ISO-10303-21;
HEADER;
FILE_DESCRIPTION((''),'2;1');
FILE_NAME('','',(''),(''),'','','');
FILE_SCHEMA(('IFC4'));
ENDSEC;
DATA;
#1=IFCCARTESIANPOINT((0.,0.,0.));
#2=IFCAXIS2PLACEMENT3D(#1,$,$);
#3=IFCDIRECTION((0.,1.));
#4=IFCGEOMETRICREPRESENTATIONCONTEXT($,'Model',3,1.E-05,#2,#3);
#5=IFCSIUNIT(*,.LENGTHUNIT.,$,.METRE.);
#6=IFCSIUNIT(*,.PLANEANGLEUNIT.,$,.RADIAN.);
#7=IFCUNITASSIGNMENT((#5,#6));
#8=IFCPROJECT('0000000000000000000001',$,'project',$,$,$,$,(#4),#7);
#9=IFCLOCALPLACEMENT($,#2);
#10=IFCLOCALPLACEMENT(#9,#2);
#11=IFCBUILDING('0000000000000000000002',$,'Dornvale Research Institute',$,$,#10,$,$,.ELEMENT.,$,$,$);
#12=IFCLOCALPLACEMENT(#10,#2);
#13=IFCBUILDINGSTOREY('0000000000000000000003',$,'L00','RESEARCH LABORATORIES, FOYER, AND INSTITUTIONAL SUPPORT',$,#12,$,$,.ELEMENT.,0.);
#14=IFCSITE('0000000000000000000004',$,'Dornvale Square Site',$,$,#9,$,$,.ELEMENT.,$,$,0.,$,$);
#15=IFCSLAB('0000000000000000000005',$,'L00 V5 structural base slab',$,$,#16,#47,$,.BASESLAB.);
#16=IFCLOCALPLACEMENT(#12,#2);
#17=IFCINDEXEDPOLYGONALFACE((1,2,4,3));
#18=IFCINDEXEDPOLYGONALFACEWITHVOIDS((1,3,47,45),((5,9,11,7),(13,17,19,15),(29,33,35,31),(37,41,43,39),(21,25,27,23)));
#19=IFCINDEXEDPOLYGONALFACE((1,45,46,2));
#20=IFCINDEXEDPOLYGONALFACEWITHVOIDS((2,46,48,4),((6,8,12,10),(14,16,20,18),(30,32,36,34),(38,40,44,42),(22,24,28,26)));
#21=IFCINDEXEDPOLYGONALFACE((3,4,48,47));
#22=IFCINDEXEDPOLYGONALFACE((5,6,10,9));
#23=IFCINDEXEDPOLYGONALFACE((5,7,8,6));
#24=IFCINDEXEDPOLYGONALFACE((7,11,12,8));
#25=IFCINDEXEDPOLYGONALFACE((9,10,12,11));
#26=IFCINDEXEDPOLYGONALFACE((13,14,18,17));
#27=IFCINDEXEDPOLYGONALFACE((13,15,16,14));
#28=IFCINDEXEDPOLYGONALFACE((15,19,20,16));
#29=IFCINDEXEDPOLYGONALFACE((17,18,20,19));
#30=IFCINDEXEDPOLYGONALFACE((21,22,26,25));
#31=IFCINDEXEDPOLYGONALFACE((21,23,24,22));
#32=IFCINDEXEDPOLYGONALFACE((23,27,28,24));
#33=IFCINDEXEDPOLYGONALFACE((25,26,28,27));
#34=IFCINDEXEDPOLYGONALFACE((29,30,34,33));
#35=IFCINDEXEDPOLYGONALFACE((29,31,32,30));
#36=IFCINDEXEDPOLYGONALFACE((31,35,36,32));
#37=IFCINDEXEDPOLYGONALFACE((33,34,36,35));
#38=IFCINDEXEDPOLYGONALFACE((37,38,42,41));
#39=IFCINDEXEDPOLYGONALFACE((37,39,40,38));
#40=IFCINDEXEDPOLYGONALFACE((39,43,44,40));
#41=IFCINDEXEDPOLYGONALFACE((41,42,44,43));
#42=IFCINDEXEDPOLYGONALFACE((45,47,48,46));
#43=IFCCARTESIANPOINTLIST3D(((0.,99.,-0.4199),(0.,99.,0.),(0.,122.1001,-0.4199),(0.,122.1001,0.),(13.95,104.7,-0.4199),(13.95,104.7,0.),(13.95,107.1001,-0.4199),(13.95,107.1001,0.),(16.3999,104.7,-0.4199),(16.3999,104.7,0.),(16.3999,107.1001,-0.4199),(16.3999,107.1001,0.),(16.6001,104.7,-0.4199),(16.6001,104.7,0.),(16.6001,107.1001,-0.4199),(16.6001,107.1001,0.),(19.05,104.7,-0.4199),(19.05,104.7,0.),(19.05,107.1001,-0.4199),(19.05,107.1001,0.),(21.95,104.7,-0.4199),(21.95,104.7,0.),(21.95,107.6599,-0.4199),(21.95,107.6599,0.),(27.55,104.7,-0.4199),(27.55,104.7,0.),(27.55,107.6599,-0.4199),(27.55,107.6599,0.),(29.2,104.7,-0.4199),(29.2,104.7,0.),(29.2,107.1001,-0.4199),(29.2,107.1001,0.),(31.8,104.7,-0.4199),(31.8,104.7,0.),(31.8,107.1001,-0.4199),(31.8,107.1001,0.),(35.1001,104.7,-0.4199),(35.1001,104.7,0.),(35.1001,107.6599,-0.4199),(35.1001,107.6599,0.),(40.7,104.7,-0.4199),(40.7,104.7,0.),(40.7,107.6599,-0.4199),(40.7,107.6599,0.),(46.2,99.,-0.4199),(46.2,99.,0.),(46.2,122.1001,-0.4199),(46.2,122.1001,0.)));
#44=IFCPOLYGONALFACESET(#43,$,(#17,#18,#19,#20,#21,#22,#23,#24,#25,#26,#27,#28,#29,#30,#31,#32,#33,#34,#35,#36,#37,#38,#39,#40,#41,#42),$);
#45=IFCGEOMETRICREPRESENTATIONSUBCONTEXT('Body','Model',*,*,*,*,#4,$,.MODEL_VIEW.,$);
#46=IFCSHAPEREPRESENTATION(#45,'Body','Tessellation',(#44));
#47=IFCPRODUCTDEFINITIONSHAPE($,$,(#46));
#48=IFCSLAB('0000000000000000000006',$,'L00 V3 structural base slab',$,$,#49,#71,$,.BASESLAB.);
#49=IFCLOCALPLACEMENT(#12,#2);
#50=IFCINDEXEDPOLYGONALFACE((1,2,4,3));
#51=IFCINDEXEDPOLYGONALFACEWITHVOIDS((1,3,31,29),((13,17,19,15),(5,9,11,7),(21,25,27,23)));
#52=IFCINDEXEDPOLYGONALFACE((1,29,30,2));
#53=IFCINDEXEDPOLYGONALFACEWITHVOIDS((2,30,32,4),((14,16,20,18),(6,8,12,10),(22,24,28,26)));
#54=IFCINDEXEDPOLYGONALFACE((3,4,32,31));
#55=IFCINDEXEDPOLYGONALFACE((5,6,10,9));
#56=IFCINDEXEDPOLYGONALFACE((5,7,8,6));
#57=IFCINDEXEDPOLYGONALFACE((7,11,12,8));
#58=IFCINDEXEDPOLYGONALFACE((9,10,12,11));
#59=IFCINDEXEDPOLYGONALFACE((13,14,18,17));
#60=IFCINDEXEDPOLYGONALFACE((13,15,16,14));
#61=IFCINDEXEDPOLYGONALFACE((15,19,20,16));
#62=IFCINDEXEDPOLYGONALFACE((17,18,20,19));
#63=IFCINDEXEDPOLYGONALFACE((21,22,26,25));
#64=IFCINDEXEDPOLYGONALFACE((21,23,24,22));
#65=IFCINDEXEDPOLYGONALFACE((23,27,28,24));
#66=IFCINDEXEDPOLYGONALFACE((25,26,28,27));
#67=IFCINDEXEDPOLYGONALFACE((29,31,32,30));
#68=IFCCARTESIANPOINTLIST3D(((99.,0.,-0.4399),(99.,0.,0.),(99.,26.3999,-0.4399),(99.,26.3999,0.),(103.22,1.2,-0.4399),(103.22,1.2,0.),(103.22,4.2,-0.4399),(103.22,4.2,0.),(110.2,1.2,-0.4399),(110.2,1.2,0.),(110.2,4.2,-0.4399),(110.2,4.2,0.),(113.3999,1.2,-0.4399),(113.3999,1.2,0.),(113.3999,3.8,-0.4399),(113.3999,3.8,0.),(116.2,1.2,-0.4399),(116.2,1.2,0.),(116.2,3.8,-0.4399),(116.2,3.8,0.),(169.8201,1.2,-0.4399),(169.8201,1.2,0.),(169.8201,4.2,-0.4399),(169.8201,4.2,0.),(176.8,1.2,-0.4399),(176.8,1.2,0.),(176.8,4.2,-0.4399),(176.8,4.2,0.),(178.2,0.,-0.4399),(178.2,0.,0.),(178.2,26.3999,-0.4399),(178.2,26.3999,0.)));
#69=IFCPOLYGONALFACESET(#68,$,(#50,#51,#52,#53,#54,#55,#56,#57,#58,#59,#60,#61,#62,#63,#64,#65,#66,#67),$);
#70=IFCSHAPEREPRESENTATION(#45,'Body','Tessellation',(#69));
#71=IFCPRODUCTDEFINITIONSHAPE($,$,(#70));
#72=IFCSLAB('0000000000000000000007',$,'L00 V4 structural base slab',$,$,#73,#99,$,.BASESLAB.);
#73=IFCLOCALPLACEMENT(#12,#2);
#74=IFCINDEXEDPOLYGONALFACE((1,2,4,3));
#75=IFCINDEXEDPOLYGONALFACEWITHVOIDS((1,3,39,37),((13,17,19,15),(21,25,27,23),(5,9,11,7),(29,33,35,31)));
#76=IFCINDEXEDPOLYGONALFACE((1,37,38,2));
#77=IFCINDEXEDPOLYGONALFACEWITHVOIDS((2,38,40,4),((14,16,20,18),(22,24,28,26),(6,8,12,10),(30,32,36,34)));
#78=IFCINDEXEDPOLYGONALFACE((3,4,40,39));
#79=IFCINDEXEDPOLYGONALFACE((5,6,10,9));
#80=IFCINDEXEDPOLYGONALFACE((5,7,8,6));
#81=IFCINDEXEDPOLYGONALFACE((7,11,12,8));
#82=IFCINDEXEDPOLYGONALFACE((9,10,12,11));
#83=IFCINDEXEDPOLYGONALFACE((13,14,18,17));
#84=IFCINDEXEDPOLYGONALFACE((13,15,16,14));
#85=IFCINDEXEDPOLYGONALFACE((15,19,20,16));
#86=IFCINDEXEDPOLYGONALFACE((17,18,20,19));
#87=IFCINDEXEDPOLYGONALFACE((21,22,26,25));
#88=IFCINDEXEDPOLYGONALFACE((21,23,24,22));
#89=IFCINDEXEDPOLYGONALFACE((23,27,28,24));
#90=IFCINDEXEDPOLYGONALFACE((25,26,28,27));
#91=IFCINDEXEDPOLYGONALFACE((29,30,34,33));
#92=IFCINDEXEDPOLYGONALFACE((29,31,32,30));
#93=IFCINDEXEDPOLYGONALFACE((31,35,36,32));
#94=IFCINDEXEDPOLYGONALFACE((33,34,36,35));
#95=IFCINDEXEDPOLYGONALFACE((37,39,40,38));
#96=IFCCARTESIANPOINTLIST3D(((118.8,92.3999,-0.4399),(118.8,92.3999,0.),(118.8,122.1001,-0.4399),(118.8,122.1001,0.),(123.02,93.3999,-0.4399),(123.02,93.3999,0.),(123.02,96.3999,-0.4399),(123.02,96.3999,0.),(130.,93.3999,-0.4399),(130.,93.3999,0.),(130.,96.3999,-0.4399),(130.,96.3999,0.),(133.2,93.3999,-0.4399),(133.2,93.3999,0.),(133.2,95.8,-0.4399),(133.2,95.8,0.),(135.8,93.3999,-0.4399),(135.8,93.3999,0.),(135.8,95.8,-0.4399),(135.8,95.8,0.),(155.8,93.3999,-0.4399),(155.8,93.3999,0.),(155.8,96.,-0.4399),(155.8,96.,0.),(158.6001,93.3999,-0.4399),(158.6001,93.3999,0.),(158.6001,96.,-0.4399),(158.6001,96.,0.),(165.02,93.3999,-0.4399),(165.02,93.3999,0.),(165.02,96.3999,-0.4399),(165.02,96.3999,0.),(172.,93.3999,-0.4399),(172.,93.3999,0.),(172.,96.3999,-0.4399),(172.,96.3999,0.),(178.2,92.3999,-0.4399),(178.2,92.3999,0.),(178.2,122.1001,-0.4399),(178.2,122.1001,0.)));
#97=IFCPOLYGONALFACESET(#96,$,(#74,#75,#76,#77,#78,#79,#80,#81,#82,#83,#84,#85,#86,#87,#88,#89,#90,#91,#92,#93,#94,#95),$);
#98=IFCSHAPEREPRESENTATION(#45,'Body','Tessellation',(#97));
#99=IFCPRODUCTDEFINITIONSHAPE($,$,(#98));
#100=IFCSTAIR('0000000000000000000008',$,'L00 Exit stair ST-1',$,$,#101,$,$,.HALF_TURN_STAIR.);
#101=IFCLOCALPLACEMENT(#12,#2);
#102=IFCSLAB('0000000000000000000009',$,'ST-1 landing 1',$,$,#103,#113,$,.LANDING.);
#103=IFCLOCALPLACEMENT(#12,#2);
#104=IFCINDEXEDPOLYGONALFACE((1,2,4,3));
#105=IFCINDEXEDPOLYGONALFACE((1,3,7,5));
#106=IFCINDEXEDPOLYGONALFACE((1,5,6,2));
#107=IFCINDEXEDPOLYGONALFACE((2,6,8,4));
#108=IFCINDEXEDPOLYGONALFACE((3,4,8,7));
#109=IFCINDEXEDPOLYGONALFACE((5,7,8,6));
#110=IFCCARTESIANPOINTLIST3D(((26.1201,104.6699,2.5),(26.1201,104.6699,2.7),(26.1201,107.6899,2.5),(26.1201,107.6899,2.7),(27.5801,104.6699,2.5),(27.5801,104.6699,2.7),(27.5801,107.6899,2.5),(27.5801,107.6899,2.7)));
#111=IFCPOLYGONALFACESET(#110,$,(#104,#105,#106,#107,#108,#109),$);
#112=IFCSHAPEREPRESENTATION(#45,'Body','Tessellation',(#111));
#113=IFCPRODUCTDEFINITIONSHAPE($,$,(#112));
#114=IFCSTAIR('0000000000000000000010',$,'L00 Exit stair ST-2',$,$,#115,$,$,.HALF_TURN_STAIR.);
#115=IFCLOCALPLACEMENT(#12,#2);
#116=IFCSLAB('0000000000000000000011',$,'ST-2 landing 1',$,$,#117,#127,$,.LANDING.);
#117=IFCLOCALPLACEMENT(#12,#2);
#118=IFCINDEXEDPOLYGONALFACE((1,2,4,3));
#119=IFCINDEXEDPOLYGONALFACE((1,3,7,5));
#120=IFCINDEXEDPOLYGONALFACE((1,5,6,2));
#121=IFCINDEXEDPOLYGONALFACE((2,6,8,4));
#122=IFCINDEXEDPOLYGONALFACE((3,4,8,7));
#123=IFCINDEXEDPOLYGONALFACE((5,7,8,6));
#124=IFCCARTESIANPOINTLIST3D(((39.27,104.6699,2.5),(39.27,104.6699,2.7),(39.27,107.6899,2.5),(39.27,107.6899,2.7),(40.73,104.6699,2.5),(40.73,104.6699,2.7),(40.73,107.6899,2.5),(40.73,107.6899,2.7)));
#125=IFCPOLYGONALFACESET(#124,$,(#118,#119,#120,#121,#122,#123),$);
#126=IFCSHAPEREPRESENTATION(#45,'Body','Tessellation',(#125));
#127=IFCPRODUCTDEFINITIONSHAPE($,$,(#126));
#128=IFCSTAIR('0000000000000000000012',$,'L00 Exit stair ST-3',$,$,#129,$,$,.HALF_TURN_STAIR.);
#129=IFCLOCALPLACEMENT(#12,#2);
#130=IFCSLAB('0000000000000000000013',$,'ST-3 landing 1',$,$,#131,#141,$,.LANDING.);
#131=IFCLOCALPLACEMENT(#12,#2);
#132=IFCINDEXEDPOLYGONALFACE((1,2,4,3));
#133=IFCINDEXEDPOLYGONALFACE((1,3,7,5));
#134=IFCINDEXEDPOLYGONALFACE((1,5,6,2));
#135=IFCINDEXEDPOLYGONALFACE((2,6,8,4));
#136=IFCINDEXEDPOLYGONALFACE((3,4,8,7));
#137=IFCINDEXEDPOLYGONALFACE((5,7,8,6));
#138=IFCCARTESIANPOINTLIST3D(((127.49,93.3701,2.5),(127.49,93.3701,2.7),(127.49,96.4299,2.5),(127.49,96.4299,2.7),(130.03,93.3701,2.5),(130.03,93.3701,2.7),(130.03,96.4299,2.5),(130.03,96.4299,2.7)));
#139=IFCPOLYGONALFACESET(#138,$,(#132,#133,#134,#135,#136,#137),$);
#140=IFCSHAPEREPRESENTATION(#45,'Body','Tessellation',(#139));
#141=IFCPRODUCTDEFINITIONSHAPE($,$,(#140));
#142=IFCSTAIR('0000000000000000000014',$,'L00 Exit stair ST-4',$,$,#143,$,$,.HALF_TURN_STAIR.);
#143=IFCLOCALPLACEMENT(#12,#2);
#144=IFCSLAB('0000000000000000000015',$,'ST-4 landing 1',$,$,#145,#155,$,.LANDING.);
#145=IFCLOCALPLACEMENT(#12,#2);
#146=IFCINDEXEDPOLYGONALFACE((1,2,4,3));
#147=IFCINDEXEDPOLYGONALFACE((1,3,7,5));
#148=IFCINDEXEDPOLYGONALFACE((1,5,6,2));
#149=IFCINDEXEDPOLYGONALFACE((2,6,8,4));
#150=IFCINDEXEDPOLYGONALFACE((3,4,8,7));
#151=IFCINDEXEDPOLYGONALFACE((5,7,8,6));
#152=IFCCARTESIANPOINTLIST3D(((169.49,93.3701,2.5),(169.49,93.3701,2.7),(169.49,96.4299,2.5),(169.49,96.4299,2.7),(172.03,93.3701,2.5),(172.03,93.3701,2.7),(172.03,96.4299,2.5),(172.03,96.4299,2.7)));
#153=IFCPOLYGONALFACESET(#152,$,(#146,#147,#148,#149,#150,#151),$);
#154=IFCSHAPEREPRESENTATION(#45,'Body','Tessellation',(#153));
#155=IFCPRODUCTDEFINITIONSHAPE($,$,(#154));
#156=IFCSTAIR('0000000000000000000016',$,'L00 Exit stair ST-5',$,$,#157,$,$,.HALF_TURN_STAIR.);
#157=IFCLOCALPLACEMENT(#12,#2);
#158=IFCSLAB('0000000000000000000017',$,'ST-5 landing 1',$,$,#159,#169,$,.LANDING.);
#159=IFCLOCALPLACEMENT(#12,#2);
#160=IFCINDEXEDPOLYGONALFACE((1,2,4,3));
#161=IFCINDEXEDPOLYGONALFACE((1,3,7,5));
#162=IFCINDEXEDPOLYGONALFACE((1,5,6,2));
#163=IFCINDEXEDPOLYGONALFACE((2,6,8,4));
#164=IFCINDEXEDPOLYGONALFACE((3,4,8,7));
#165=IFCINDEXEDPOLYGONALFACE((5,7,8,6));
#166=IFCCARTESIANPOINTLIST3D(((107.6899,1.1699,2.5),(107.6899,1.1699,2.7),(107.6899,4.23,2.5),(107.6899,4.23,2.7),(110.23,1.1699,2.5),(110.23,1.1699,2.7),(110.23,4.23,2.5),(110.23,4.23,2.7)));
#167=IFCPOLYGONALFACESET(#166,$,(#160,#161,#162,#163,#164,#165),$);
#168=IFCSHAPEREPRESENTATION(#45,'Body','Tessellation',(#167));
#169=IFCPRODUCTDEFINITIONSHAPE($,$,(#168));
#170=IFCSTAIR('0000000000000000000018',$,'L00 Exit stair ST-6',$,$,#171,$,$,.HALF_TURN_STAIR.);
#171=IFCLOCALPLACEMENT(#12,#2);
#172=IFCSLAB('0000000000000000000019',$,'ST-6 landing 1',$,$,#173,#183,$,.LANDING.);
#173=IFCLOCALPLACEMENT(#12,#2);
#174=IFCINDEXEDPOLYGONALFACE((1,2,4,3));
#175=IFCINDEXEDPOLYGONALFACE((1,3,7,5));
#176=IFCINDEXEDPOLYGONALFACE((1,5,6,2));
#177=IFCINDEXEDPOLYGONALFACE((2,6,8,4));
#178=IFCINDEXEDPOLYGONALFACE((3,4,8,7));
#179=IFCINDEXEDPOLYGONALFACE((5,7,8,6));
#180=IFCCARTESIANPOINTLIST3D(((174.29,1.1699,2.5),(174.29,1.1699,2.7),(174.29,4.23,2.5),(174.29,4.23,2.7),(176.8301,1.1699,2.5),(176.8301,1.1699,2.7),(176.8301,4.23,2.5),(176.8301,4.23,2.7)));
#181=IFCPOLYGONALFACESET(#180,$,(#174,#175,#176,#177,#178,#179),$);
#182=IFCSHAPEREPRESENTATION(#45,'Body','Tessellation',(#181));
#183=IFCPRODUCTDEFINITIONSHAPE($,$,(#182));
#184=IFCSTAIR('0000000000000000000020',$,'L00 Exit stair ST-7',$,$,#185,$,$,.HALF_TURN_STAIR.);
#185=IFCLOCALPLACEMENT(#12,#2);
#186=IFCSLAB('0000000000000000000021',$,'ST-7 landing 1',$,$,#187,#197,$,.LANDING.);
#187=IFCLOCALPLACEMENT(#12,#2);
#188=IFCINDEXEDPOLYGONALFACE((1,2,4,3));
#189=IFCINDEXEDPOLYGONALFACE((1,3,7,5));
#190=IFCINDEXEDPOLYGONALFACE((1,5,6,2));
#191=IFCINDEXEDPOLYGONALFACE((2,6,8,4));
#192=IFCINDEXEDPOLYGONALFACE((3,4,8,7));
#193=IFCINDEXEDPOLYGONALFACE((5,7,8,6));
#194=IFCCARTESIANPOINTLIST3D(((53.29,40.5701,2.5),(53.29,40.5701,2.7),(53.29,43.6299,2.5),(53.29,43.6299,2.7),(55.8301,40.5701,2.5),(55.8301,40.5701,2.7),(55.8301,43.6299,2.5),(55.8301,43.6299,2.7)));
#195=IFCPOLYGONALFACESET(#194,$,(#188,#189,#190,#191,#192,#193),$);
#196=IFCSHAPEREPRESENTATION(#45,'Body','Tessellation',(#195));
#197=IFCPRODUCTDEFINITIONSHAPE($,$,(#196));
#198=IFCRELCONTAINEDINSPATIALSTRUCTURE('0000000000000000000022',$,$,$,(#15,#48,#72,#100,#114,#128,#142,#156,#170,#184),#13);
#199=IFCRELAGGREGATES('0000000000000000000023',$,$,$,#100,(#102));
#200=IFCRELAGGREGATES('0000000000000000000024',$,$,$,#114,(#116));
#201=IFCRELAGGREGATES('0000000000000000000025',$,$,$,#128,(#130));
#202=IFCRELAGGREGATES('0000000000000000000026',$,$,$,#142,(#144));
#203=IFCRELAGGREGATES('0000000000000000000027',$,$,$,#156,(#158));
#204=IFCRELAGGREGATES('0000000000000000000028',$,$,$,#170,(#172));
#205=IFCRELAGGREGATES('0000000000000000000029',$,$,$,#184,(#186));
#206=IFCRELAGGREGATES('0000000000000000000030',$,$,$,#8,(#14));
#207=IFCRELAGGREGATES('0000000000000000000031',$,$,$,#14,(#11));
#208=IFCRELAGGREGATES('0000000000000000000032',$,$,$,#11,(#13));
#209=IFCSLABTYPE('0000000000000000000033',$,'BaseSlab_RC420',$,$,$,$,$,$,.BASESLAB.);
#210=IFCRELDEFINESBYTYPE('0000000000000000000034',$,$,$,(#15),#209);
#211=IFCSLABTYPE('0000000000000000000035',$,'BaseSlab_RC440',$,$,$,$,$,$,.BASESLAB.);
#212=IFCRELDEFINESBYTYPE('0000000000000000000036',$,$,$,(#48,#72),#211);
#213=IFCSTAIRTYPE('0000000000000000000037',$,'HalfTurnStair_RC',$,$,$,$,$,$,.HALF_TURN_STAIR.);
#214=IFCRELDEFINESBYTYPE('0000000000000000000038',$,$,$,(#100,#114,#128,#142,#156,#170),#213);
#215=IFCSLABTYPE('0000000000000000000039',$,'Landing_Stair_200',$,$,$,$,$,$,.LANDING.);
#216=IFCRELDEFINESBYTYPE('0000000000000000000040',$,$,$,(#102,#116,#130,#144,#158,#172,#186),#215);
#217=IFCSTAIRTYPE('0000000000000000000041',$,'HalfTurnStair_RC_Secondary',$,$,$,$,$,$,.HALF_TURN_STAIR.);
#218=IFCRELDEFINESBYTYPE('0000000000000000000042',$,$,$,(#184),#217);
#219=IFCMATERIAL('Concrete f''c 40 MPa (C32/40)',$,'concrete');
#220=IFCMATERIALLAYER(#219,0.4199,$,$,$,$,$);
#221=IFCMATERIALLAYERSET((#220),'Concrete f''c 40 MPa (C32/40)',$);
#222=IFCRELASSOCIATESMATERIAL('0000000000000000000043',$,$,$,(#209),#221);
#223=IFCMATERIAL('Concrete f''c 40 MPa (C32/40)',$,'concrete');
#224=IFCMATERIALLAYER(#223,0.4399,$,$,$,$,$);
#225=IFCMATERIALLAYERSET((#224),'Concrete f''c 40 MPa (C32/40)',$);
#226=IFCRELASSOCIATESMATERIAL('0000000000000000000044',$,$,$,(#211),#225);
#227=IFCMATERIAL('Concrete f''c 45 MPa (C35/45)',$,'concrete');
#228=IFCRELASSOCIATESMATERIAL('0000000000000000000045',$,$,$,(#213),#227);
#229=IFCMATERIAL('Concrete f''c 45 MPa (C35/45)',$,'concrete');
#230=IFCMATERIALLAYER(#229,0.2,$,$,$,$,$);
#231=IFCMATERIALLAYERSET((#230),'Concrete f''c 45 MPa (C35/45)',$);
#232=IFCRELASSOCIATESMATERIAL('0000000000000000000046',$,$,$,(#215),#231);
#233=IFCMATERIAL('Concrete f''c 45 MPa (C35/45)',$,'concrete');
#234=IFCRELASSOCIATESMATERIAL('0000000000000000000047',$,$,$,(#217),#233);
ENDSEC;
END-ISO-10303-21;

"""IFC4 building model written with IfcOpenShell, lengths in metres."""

from ifc_helpers import new_model, si_unit, direction, frame, origin, place, context, subcontext, project, spatial, polyline, outline, extrude, material, layer, layer_set, type_object, element, aggregate, save


model = new_model("IFC4")

# Units and contexts
model_context = context("Model", 3, precision=1e-05, world=origin(), true_north=direction((0.0, 1.0)))
body_context = subcontext(model_context, "Body", "Model", "MODEL_VIEW")
ifc_project = project(units=[si_unit("LENGTHUNIT", "METRE"), si_unit("PLANEANGLEUNIT", "RADIAN")], contexts=[model_context])

# Site, building, storey
site_placement = place(None, origin())
site = spatial("IfcSite", under=ifc_project, at=site_placement, Name="Dornvale Square Site", CompositionType="ELEMENT", RefElevation=0.0)
building_placement = place(site_placement, origin())
building = spatial("IfcBuilding", under=site, at=building_placement, Name="Dornvale Research Institute", CompositionType="ELEMENT")
storey_placement = place(building_placement, origin())
storey = spatial("IfcBuildingStorey", under=building, at=storey_placement, Name="L00", Description="RESEARCH LABORATORIES, FOYER, AND INSTITUTIONAL SUPPORT", CompositionType="ELEMENT", Elevation=0.0)

# Slabs
ifc_material_1 = material(Name="Concrete f'c 40 MPa (C32/40)", Category="concrete")
ifc_layer_1 = layer(ifc_material_1, 0.4199)
ifc_layer_set_1 = layer_set([ifc_layer_1], Name="Concrete f'c 40 MPa (C32/40)")
slab_type_1 = type_object("IfcSlabType", Name="BaseSlab_RC420", PredefinedType="BASESLAB", material=ifc_layer_set_1)
slab_1_placement = place(storey_placement, frame((0.0, 0.0, -0.4199)))
element("IfcSlab", 1, at=slab_1_placement, inside=storey, type_object=slab_type_1, Name="L00 V5 structural base slab", PredefinedType="BASESLAB", context=body_context, shape_type="SweptSolid", body=[
    extrude(outline(polyline([(0.0, 99.0), (46.2, 99.0), (46.2, 122.1001), (0.0, 122.1001), (0.0, 99.0)]), holes=[polyline([(21.95, 104.7), (27.55, 104.7), (27.55, 107.6599), (21.95, 107.6599), (21.95, 104.7)]), polyline([(35.1001, 104.7), (40.7, 104.7), (40.7, 107.6599), (35.1001, 107.6599), (35.1001, 104.7)]), polyline([(13.95, 104.7), (16.3999, 104.7), (16.3999, 107.1001), (13.95, 107.1001), (13.95, 104.7)]), polyline([(16.6001, 104.7), (19.05, 104.7), (19.05, 107.1001), (16.6001, 107.1001), (16.6001, 104.7)]), polyline([(29.2, 104.7), (31.8, 104.7), (31.8, 107.1001), (29.2, 107.1001), (29.2, 104.7)])]), origin(), (0.0, 0.0, 1.0), 0.4199),
])
ifc_material_2 = material(Name="Concrete f'c 40 MPa (C32/40)", Category="concrete")
ifc_layer_2 = layer(ifc_material_2, 0.4399)
ifc_layer_set_2 = layer_set([ifc_layer_2], Name="Concrete f'c 40 MPa (C32/40)")
slab_type_2 = type_object("IfcSlabType", Name="BaseSlab_RC440", PredefinedType="BASESLAB", material=ifc_layer_set_2)
slab_2_placement = place(storey_placement, frame((0.0, 0.0, -0.4399)))
element("IfcSlab", 2, at=slab_2_placement, inside=storey, type_object=slab_type_2, Name="L00 V3 structural base slab", PredefinedType="BASESLAB", context=body_context, shape_type="SweptSolid", body=[
    extrude(outline(polyline([(99.0, 0.0), (178.2, 0.0), (178.2, 26.3999), (99.0, 26.3999), (99.0, 0.0)]), holes=[polyline([(103.22, 1.2), (110.2, 1.2), (110.2, 4.2), (103.22, 4.2), (103.22, 1.2)]), polyline([(169.8201, 1.2), (176.8, 1.2), (176.8, 4.2), (169.8201, 4.2), (169.8201, 1.2)]), polyline([(113.3999, 1.2), (116.2, 1.2), (116.2, 3.8), (113.3999, 3.8), (113.3999, 1.2)])]), origin(), (0.0, 0.0, 1.0), 0.4399),
])
slab_3_placement = place(storey_placement, frame((0.0, 0.0, -0.4399)))
element("IfcSlab", 3, at=slab_3_placement, inside=storey, type_object=slab_type_2, Name="L00 V4 structural base slab", PredefinedType="BASESLAB", context=body_context, shape_type="SweptSolid", body=[
    extrude(outline(polyline([(118.8, 92.3999), (178.2, 92.3999), (178.2, 122.1001), (118.8, 122.1001), (118.8, 92.3999)]), holes=[polyline([(123.02, 93.3999), (130.0, 93.3999), (130.0, 96.3999), (123.02, 96.3999), (123.02, 93.3999)]), polyline([(165.02, 93.3999), (172.0, 93.3999), (172.0, 96.3999), (165.02, 96.3999), (165.02, 93.3999)]), polyline([(133.2, 93.3999), (135.8, 93.3999), (135.8, 95.8), (133.2, 95.8), (133.2, 93.3999)]), polyline([(155.8, 93.3999), (158.6001, 93.3999), (158.6001, 96.0), (155.8, 96.0), (155.8, 93.3999)])]), origin(), (0.0, 0.0, 1.0), 0.4399),
])

# Stairs, slabs
ifc_material_3 = material(Name="Concrete f'c 45 MPa (C35/45)", Category="concrete")
stair_type_1 = type_object("IfcStairType", Name="HalfTurnStair_RC", PredefinedType="HALF_TURN_STAIR", material=ifc_material_3)
stair_1_placement = place(storey_placement, origin())
stair_1 = element("IfcStair", 4, at=stair_1_placement, inside=storey, type_object=stair_type_1, Name="L00 Exit stair ST-1", PredefinedType="HALF_TURN_STAIR")
ifc_material_4 = material(Name="Concrete f'c 45 MPa (C35/45)", Category="concrete")
ifc_layer_3 = layer(ifc_material_4, 0.2)
ifc_layer_set_3 = layer_set([ifc_layer_3], Name="Concrete f'c 45 MPa (C35/45)")
slab_type_3 = type_object("IfcSlabType", Name="Landing_Stair_200", PredefinedType="LANDING", material=ifc_layer_set_3)
slab_4_placement = place(storey_placement, frame((0.0, 0.0, 2.5)))
slab_4 = element("IfcSlab", 5, at=slab_4_placement, type_object=slab_type_3, Name="ST-1 landing 1", PredefinedType="LANDING", context=body_context, shape_type="SweptSolid", body=[
    extrude(outline(polyline([(26.1201, 104.6699), (26.1201, 107.6899), (27.5801, 107.6899), (27.5801, 104.6699), (26.1201, 104.6699)])), origin(), (0.0, 0.0, 1.0), 0.2),
])
aggregate(stair_1, [slab_4])
stair_2_placement = place(storey_placement, origin())
stair_2 = element("IfcStair", 6, at=stair_2_placement, inside=storey, type_object=stair_type_1, Name="L00 Exit stair ST-2", PredefinedType="HALF_TURN_STAIR")
slab_5_placement = place(storey_placement, frame((0.0, 0.0, 2.5)))
slab_5 = element("IfcSlab", 7, at=slab_5_placement, type_object=slab_type_3, Name="ST-2 landing 1", PredefinedType="LANDING", context=body_context, shape_type="SweptSolid", body=[
    extrude(outline(polyline([(39.27, 104.6699), (39.27, 107.6899), (40.73, 107.6899), (40.73, 104.6699), (39.27, 104.6699)])), origin(), (0.0, 0.0, 1.0), 0.2),
])
aggregate(stair_2, [slab_5])
stair_3_placement = place(storey_placement, origin())
stair_3 = element("IfcStair", 8, at=stair_3_placement, inside=storey, type_object=stair_type_1, Name="L00 Exit stair ST-3", PredefinedType="HALF_TURN_STAIR")
slab_6_placement = place(storey_placement, frame((0.0, 0.0, 2.5)))
slab_6 = element("IfcSlab", 9, at=slab_6_placement, type_object=slab_type_3, Name="ST-3 landing 1", PredefinedType="LANDING", context=body_context, shape_type="SweptSolid", body=[
    extrude(outline(polyline([(127.49, 93.3701), (127.49, 96.4299), (130.03, 96.4299), (130.03, 93.3701), (127.49, 93.3701)])), origin(), (0.0, 0.0, 1.0), 0.2),
])
aggregate(stair_3, [slab_6])
stair_4_placement = place(storey_placement, origin())
stair_4 = element("IfcStair", 10, at=stair_4_placement, inside=storey, type_object=stair_type_1, Name="L00 Exit stair ST-4", PredefinedType="HALF_TURN_STAIR")
slab_7_placement = place(storey_placement, frame((0.0, 0.0, 2.5)))
slab_7 = element("IfcSlab", 11, at=slab_7_placement, type_object=slab_type_3, Name="ST-4 landing 1", PredefinedType="LANDING", context=body_context, shape_type="SweptSolid", body=[
    extrude(outline(polyline([(169.49, 93.3701), (169.49, 96.4299), (172.03, 96.4299), (172.03, 93.3701), (169.49, 93.3701)])), origin(), (0.0, 0.0, 1.0), 0.2),
])
aggregate(stair_4, [slab_7])
stair_5_placement = place(storey_placement, origin())
stair_5 = element("IfcStair", 12, at=stair_5_placement, inside=storey, type_object=stair_type_1, Name="L00 Exit stair ST-5", PredefinedType="HALF_TURN_STAIR")
slab_8_placement = place(storey_placement, frame((0.0, 0.0, 2.5)))
slab_8 = element("IfcSlab", 13, at=slab_8_placement, type_object=slab_type_3, Name="ST-5 landing 1", PredefinedType="LANDING", context=body_context, shape_type="SweptSolid", body=[
    extrude(outline(polyline([(107.6899, 1.1699), (107.6899, 4.23), (110.23, 4.23), (110.23, 1.1699), (107.6899, 1.1699)])), origin(), (0.0, 0.0, 1.0), 0.2),
])
aggregate(stair_5, [slab_8])
stair_6_placement = place(storey_placement, origin())
stair_6 = element("IfcStair", 14, at=stair_6_placement, inside=storey, type_object=stair_type_1, Name="L00 Exit stair ST-6", PredefinedType="HALF_TURN_STAIR")
slab_9_placement = place(storey_placement, frame((0.0, 0.0, 2.5)))
slab_9 = element("IfcSlab", 15, at=slab_9_placement, type_object=slab_type_3, Name="ST-6 landing 1", PredefinedType="LANDING", context=body_context, shape_type="SweptSolid", body=[
    extrude(outline(polyline([(174.29, 1.1699), (174.29, 4.23), (176.8301, 4.23), (176.8301, 1.1699), (174.29, 1.1699)])), origin(), (0.0, 0.0, 1.0), 0.2),
])
aggregate(stair_6, [slab_9])
ifc_material_5 = material(Name="Concrete f'c 45 MPa (C35/45)", Category="concrete")
stair_type_2 = type_object("IfcStairType", Name="HalfTurnStair_RC_Secondary", PredefinedType="HALF_TURN_STAIR", material=ifc_material_5)
stair_7_placement = place(storey_placement, origin())
stair_7 = element("IfcStair", 16, at=stair_7_placement, inside=storey, type_object=stair_type_2, Name="L00 Exit stair ST-7", PredefinedType="HALF_TURN_STAIR")
slab_10_placement = place(storey_placement, frame((0.0, 0.0, 2.5)))
slab_10 = element("IfcSlab", 17, at=slab_10_placement, type_object=slab_type_3, Name="ST-7 landing 1", PredefinedType="LANDING", context=body_context, shape_type="SweptSolid", body=[
    extrude(outline(polyline([(53.29, 40.5701), (53.29, 43.6299), (55.8301, 43.6299), (55.8301, 40.5701), (53.29, 40.5701)])), origin(), (0.0, 0.0, 1.0), 0.2),
])
aggregate(stair_7, [slab_10])

save(model, "model.ifc")
